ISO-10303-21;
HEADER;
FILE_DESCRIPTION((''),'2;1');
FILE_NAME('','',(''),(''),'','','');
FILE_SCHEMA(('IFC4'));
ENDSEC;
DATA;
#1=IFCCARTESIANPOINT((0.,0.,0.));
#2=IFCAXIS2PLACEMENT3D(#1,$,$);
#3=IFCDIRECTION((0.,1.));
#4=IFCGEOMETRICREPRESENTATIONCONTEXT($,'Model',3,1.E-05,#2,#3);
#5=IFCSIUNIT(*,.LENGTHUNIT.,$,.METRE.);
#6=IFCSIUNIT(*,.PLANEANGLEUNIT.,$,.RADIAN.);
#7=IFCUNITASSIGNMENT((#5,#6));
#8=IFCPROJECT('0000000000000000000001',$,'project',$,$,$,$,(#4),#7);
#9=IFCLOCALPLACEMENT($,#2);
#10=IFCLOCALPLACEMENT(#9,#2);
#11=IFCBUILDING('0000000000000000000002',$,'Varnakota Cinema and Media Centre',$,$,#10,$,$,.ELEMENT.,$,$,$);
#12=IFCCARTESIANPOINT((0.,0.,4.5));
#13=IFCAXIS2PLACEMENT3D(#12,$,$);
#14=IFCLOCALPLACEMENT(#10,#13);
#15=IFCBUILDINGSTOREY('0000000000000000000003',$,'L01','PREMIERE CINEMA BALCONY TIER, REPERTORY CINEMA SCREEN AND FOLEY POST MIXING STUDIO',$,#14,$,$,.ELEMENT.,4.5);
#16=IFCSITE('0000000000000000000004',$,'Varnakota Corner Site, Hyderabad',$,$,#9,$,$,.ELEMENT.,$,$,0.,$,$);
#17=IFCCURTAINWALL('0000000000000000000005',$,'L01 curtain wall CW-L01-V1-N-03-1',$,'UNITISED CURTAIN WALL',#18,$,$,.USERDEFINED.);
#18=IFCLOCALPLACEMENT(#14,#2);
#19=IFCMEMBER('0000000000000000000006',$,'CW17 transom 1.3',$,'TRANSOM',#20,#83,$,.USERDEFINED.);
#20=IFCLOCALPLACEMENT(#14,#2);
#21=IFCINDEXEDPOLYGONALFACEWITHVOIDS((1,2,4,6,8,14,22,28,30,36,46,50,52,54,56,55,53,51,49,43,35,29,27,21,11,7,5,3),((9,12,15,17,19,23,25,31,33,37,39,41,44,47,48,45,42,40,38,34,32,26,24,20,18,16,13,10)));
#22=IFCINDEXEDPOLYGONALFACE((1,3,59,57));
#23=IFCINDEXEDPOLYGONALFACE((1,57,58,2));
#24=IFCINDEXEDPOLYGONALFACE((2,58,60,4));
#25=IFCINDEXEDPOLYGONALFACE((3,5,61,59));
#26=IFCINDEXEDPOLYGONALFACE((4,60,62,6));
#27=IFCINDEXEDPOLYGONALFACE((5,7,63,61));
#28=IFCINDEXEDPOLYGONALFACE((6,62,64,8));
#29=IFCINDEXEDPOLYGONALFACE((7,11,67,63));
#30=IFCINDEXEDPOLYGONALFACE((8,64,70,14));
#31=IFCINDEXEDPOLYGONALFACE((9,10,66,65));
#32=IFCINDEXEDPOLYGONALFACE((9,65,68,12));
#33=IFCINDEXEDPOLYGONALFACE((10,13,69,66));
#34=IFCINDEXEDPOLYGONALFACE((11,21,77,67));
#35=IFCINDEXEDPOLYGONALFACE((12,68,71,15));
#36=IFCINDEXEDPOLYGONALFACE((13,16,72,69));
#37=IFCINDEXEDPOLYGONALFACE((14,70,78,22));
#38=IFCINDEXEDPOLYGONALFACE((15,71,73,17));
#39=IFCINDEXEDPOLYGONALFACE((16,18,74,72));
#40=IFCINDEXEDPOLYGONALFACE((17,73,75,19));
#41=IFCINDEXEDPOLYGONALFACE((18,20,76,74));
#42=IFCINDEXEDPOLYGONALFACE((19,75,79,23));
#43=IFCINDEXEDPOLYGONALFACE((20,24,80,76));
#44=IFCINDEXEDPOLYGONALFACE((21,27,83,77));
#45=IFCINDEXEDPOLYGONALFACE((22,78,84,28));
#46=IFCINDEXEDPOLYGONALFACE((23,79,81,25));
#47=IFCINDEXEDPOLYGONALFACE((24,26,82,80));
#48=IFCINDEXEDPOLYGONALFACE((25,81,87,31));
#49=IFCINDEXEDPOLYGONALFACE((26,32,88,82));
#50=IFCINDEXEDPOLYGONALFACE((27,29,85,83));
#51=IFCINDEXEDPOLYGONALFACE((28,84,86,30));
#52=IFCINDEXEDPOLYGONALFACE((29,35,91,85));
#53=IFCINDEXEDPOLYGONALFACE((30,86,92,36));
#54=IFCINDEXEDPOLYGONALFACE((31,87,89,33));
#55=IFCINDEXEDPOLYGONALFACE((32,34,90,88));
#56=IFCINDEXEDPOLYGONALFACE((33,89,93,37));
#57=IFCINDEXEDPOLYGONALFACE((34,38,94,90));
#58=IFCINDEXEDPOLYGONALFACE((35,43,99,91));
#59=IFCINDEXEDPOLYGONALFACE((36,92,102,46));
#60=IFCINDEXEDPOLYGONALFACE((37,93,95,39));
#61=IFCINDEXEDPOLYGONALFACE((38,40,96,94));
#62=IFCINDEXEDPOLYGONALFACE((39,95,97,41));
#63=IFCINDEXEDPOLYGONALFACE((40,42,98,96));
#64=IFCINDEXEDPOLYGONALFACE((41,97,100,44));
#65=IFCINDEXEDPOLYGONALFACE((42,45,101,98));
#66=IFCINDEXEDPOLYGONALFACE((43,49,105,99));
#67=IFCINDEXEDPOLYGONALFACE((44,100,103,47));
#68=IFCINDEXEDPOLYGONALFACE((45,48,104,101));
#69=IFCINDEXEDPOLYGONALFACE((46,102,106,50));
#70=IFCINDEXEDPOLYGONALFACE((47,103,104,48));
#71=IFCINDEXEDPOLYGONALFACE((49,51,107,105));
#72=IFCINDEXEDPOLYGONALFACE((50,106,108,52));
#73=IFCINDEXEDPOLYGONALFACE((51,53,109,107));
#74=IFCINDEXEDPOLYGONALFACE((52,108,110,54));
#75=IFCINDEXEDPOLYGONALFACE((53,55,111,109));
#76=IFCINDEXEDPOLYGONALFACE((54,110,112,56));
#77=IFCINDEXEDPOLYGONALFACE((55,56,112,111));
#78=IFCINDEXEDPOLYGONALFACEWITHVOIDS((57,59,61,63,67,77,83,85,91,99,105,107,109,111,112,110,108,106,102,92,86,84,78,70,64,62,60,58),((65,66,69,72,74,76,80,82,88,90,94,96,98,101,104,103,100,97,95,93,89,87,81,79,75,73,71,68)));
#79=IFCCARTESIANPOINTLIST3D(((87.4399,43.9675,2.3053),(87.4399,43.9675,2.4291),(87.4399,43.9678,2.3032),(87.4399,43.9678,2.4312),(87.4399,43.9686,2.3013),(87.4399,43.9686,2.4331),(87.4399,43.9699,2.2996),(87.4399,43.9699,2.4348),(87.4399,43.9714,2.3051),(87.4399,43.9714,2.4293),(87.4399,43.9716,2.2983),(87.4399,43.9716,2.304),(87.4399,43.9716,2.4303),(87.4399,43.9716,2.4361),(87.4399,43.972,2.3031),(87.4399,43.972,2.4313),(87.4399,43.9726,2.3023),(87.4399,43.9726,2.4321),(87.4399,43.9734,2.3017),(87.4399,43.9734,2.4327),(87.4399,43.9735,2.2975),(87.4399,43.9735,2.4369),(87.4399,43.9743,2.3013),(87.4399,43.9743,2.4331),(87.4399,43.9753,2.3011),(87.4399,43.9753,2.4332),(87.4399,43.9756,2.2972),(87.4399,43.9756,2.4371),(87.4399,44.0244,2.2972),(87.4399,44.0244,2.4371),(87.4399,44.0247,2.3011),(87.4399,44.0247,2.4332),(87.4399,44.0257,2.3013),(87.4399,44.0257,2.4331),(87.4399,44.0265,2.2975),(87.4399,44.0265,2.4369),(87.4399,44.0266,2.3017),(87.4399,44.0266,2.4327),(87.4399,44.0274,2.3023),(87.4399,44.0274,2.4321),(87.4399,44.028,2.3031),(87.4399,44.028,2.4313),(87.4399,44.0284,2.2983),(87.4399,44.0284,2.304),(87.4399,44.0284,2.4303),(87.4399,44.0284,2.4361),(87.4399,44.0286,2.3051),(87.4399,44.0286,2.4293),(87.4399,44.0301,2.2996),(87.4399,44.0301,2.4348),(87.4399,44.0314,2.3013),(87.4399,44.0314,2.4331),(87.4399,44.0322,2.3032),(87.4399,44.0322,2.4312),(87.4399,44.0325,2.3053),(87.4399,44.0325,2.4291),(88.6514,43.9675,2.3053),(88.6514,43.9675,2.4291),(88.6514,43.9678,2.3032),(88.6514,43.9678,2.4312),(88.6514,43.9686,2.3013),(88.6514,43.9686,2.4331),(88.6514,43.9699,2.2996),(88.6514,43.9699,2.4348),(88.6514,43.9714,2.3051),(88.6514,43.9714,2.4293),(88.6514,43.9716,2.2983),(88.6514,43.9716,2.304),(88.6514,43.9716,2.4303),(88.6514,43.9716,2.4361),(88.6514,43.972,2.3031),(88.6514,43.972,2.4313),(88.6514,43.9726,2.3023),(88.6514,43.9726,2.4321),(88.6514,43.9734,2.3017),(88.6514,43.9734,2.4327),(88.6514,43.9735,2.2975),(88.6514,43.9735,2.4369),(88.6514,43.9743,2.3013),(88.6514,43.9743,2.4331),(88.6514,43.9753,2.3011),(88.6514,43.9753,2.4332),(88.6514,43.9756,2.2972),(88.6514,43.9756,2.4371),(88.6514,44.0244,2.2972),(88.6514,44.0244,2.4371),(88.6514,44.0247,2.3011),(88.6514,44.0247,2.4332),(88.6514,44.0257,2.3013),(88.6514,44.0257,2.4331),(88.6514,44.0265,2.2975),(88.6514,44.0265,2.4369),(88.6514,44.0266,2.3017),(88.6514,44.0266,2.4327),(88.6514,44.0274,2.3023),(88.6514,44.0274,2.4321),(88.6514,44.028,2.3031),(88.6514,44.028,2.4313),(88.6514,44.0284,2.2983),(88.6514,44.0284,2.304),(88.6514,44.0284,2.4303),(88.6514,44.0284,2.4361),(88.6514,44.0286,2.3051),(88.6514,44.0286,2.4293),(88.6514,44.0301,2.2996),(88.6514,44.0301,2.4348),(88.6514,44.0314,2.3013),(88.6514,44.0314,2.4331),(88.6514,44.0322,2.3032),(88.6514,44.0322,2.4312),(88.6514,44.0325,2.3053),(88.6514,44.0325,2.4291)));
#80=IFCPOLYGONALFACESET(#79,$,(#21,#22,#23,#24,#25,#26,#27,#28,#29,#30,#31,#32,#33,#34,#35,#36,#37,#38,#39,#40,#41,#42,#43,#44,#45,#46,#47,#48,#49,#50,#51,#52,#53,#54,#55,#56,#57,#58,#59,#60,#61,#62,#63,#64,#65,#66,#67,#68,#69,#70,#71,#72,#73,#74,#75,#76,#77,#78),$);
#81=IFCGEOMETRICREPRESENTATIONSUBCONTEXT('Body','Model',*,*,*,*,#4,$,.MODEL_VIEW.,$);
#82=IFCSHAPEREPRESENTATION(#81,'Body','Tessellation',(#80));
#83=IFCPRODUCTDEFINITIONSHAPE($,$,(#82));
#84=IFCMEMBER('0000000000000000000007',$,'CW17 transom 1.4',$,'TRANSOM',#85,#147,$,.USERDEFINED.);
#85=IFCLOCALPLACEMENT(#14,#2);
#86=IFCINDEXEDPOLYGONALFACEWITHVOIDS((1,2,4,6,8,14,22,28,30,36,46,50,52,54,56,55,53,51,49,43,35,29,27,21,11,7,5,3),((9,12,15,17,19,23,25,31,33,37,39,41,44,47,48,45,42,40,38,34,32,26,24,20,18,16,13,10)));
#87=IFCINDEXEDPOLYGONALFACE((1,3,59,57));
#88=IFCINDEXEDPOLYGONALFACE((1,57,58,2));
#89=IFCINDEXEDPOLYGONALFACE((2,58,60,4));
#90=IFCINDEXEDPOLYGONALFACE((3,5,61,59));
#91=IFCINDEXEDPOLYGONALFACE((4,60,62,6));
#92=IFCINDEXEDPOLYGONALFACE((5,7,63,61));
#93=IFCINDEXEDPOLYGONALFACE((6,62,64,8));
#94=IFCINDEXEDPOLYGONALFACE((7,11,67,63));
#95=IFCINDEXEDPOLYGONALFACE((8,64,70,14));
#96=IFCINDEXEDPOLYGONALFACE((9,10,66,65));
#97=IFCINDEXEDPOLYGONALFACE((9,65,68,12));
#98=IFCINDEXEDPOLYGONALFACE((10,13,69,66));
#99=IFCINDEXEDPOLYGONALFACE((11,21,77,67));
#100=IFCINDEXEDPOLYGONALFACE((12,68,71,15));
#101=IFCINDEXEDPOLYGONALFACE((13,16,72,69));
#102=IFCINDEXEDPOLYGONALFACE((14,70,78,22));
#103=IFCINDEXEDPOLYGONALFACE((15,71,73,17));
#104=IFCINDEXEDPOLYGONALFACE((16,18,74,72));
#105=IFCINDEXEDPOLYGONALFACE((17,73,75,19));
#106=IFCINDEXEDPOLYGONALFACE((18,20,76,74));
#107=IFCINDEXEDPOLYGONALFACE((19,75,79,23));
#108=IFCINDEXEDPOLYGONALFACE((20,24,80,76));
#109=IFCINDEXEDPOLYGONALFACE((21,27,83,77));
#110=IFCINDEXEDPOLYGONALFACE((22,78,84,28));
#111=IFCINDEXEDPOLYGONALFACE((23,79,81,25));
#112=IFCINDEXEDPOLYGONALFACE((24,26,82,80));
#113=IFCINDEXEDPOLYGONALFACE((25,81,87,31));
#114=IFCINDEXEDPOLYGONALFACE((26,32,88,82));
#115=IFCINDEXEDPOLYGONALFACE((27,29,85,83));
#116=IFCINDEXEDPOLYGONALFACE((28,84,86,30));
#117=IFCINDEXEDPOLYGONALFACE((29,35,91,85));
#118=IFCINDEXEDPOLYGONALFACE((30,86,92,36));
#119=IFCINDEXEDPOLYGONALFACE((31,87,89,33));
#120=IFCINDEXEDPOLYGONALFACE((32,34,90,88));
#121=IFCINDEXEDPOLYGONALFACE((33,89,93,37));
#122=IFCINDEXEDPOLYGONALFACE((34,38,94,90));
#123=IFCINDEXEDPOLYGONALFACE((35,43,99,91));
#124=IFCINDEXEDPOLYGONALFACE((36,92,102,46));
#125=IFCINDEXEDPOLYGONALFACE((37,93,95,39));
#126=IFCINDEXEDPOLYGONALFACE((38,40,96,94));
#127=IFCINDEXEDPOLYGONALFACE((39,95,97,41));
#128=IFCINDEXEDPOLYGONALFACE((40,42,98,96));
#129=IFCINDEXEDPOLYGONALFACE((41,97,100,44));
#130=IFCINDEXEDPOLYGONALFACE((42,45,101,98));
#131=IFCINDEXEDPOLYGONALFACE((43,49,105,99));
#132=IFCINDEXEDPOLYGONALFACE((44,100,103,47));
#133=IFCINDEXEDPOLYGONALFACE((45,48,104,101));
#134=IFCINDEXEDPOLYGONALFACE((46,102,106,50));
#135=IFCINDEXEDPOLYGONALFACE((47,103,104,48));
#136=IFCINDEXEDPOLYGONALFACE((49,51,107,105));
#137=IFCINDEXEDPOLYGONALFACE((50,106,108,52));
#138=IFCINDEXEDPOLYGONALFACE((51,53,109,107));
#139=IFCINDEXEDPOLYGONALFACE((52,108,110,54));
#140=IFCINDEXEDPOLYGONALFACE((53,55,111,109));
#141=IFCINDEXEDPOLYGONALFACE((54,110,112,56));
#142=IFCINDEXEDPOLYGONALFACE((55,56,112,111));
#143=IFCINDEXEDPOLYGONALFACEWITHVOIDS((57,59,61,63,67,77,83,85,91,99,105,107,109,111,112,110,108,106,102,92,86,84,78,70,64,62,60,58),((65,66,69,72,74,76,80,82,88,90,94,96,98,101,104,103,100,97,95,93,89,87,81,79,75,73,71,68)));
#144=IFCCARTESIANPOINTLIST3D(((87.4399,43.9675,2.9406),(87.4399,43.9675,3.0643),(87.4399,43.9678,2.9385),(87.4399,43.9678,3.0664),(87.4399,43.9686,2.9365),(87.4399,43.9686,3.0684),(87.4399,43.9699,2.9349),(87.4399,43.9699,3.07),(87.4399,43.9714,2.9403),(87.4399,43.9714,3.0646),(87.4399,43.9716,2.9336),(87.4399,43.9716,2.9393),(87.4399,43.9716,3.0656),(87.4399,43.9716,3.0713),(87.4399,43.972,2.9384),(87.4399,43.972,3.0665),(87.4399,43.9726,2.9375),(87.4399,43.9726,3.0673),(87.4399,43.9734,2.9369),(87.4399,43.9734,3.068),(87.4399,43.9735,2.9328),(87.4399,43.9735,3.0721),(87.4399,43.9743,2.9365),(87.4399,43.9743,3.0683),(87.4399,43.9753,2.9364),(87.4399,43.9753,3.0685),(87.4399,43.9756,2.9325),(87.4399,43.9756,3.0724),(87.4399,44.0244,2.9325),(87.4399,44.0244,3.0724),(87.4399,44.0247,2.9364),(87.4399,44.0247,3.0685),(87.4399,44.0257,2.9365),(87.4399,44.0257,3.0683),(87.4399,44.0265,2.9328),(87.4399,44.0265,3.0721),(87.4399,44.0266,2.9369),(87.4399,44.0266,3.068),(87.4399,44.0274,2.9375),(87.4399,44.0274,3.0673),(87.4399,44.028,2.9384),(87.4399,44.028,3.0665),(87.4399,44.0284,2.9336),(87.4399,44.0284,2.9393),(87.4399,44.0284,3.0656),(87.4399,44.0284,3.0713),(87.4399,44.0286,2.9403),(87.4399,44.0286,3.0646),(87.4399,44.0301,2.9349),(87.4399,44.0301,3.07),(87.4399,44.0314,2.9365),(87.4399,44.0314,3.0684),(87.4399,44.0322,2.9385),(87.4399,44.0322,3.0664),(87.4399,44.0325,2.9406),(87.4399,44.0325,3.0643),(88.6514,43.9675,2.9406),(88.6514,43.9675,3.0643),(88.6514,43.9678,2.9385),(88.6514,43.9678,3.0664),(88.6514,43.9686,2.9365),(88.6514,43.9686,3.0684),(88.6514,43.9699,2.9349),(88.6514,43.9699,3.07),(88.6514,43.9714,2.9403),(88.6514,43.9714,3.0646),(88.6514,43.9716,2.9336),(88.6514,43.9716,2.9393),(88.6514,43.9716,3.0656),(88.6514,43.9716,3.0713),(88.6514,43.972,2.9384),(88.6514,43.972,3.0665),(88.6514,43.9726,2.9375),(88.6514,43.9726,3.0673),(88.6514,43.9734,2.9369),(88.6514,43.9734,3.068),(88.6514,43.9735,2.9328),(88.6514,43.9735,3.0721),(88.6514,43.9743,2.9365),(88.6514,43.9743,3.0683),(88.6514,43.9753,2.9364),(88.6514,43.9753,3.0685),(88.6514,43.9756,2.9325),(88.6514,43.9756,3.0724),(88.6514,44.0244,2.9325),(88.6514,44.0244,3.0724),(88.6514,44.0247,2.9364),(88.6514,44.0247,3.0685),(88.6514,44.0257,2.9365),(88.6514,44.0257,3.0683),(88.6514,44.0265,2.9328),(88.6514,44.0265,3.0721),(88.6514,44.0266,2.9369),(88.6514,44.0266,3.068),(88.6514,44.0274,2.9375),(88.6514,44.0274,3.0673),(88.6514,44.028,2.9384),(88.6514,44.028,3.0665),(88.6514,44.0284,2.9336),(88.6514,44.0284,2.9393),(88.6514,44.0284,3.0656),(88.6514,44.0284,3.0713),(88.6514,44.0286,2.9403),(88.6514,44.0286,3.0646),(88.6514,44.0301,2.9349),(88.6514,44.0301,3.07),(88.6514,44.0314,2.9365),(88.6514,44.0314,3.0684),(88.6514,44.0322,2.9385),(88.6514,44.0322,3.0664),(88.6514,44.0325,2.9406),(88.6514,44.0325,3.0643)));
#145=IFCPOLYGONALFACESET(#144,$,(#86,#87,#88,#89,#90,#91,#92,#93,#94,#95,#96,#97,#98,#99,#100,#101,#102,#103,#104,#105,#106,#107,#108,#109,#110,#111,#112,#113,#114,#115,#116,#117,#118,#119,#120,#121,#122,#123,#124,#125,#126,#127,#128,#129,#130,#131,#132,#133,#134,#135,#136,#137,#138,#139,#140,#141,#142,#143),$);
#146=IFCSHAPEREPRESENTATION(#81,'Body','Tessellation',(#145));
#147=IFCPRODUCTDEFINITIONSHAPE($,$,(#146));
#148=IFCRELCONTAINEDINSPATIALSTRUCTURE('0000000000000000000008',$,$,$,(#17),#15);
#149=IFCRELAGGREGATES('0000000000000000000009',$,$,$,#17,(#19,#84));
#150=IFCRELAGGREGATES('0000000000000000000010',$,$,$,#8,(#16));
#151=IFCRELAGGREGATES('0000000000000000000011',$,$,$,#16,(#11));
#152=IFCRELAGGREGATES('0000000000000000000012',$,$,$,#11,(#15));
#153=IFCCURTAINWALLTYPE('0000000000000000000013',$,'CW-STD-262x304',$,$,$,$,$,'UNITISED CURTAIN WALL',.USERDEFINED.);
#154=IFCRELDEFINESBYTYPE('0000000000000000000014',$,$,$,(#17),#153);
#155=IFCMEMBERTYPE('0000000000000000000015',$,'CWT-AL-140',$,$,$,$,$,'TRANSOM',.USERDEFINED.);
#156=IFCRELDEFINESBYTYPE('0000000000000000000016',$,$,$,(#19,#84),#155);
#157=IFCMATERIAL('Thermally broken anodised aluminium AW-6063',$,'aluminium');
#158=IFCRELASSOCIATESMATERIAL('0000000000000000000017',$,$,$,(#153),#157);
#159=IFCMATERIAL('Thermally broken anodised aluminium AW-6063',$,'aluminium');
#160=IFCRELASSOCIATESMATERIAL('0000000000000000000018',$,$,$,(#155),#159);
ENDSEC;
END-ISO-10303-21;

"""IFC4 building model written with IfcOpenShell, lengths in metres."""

from ifc_helpers import new_model, si_unit, direction, frame, origin, origin_2d, place, context, subcontext, project, spatial, hollow_rectangle, extrude, material, material_profile, profile_set, type_object, element, aggregate, save


model = new_model("IFC4")

# Units and contexts
model_context = context("Model", 3, precision=1e-05, world=origin(), true_north=direction((0.0, 1.0)))
body_context = subcontext(model_context, "Body", "Model", "MODEL_VIEW")
ifc_project = project(units=[si_unit("LENGTHUNIT", "METRE"), si_unit("PLANEANGLEUNIT", "RADIAN")], contexts=[model_context])

# Site, building, storey
site_placement = place(None, origin())
site = spatial("IfcSite", under=ifc_project, at=site_placement, Name="Varnakota Corner Site, Hyderabad", CompositionType="ELEMENT", RefElevation=0.0)
building_placement = place(site_placement, origin())
building = spatial("IfcBuilding", under=site, at=building_placement, Name="Varnakota Cinema and Media Centre", CompositionType="ELEMENT")
storey_placement = place(building_placement, frame((0.0, 0.0, 4.5)))
storey = spatial("IfcBuildingStorey", under=building, at=storey_placement, Name="L01", Description="PREMIERE CINEMA BALCONY TIER, REPERTORY CINEMA SCREEN AND FOLEY POST MIXING STUDIO", CompositionType="ELEMENT", Elevation=4.5)

# Curtain wall
ifc_material_1 = material(Name="Thermally broken anodised aluminium AW-6063", Category="aluminium")
curtain_wall_type = type_object("IfcCurtainWallType", Name="CW-STD-262x304", ElementType="UNITISED CURTAIN WALL", PredefinedType="USERDEFINED", material=ifc_material_1)
curtain_wall_1_placement = place(storey_placement, origin())
curtain_wall_1 = element("IfcCurtainWall", 1, at=curtain_wall_1_placement, inside=storey, type_object=curtain_wall_type, Name="L01 curtain wall CW-L01-V1-N-03-1", ObjectType="UNITISED CURTAIN WALL", PredefinedType="USERDEFINED")

# Members
ifc_material_2 = material(Name="Thermally broken anodised aluminium AW-6063", Category="aluminium")
ifc_material_profile_1 = material_profile(ifc_material_2, hollow_rectangle(XDim=0.0649, YDim=0.1399, WallThickness=0.0039, InnerFilletRadius=0.0039, OuterFilletRadius=0.0081, at=origin_2d()), Name="AL-TRANSOM 140x65x4")
ifc_profile_set_1 = profile_set([ifc_material_profile_1], Name="Thermally broken anodised aluminium AW-6063")
member_type_1 = type_object("IfcMemberType", Name="CWT-AL-140", ElementType="TRANSOM", PredefinedType="USERDEFINED", material=ifc_profile_set_1)
member_1_placement = place(storey_placement, frame((87.4399, 44.0, 2.3672), z_axis=(1.0, 0.0, 0.0), x_axis=(0.0, 1.0, 0.0)))
member_1 = element("IfcMember", 2, at=member_1_placement, type_object=member_type_1, Name="CW17 transom 1.3", ObjectType="TRANSOM", PredefinedType="USERDEFINED", context=body_context, shape_type="SweptSolid", body=[
    extrude(hollow_rectangle(XDim=0.0649, YDim=0.1399, WallThickness=0.0039, InnerFilletRadius=0.0039, OuterFilletRadius=0.0081, at=origin_2d()), origin(), (0.0, 0.0, 1.0), 1.2114),
])
member_2_placement = place(storey_placement, frame((87.4399, 44.0, 3.0024), z_axis=(1.0, 0.0, 0.0), x_axis=(0.0, 1.0, 0.0)))
member_2 = element("IfcMember", 3, at=member_2_placement, type_object=member_type_1, Name="CW17 transom 1.4", ObjectType="TRANSOM", PredefinedType="USERDEFINED", context=body_context, shape_type="SweptSolid", body=[
    extrude(hollow_rectangle(XDim=0.0649, YDim=0.1399, WallThickness=0.0039, InnerFilletRadius=0.0039, OuterFilletRadius=0.0081, at=origin_2d()), origin(), (0.0, 0.0, 1.0), 1.2114),
])

aggregate(curtain_wall_1, [member_1, member_2])

save(model, "model.ifc")
